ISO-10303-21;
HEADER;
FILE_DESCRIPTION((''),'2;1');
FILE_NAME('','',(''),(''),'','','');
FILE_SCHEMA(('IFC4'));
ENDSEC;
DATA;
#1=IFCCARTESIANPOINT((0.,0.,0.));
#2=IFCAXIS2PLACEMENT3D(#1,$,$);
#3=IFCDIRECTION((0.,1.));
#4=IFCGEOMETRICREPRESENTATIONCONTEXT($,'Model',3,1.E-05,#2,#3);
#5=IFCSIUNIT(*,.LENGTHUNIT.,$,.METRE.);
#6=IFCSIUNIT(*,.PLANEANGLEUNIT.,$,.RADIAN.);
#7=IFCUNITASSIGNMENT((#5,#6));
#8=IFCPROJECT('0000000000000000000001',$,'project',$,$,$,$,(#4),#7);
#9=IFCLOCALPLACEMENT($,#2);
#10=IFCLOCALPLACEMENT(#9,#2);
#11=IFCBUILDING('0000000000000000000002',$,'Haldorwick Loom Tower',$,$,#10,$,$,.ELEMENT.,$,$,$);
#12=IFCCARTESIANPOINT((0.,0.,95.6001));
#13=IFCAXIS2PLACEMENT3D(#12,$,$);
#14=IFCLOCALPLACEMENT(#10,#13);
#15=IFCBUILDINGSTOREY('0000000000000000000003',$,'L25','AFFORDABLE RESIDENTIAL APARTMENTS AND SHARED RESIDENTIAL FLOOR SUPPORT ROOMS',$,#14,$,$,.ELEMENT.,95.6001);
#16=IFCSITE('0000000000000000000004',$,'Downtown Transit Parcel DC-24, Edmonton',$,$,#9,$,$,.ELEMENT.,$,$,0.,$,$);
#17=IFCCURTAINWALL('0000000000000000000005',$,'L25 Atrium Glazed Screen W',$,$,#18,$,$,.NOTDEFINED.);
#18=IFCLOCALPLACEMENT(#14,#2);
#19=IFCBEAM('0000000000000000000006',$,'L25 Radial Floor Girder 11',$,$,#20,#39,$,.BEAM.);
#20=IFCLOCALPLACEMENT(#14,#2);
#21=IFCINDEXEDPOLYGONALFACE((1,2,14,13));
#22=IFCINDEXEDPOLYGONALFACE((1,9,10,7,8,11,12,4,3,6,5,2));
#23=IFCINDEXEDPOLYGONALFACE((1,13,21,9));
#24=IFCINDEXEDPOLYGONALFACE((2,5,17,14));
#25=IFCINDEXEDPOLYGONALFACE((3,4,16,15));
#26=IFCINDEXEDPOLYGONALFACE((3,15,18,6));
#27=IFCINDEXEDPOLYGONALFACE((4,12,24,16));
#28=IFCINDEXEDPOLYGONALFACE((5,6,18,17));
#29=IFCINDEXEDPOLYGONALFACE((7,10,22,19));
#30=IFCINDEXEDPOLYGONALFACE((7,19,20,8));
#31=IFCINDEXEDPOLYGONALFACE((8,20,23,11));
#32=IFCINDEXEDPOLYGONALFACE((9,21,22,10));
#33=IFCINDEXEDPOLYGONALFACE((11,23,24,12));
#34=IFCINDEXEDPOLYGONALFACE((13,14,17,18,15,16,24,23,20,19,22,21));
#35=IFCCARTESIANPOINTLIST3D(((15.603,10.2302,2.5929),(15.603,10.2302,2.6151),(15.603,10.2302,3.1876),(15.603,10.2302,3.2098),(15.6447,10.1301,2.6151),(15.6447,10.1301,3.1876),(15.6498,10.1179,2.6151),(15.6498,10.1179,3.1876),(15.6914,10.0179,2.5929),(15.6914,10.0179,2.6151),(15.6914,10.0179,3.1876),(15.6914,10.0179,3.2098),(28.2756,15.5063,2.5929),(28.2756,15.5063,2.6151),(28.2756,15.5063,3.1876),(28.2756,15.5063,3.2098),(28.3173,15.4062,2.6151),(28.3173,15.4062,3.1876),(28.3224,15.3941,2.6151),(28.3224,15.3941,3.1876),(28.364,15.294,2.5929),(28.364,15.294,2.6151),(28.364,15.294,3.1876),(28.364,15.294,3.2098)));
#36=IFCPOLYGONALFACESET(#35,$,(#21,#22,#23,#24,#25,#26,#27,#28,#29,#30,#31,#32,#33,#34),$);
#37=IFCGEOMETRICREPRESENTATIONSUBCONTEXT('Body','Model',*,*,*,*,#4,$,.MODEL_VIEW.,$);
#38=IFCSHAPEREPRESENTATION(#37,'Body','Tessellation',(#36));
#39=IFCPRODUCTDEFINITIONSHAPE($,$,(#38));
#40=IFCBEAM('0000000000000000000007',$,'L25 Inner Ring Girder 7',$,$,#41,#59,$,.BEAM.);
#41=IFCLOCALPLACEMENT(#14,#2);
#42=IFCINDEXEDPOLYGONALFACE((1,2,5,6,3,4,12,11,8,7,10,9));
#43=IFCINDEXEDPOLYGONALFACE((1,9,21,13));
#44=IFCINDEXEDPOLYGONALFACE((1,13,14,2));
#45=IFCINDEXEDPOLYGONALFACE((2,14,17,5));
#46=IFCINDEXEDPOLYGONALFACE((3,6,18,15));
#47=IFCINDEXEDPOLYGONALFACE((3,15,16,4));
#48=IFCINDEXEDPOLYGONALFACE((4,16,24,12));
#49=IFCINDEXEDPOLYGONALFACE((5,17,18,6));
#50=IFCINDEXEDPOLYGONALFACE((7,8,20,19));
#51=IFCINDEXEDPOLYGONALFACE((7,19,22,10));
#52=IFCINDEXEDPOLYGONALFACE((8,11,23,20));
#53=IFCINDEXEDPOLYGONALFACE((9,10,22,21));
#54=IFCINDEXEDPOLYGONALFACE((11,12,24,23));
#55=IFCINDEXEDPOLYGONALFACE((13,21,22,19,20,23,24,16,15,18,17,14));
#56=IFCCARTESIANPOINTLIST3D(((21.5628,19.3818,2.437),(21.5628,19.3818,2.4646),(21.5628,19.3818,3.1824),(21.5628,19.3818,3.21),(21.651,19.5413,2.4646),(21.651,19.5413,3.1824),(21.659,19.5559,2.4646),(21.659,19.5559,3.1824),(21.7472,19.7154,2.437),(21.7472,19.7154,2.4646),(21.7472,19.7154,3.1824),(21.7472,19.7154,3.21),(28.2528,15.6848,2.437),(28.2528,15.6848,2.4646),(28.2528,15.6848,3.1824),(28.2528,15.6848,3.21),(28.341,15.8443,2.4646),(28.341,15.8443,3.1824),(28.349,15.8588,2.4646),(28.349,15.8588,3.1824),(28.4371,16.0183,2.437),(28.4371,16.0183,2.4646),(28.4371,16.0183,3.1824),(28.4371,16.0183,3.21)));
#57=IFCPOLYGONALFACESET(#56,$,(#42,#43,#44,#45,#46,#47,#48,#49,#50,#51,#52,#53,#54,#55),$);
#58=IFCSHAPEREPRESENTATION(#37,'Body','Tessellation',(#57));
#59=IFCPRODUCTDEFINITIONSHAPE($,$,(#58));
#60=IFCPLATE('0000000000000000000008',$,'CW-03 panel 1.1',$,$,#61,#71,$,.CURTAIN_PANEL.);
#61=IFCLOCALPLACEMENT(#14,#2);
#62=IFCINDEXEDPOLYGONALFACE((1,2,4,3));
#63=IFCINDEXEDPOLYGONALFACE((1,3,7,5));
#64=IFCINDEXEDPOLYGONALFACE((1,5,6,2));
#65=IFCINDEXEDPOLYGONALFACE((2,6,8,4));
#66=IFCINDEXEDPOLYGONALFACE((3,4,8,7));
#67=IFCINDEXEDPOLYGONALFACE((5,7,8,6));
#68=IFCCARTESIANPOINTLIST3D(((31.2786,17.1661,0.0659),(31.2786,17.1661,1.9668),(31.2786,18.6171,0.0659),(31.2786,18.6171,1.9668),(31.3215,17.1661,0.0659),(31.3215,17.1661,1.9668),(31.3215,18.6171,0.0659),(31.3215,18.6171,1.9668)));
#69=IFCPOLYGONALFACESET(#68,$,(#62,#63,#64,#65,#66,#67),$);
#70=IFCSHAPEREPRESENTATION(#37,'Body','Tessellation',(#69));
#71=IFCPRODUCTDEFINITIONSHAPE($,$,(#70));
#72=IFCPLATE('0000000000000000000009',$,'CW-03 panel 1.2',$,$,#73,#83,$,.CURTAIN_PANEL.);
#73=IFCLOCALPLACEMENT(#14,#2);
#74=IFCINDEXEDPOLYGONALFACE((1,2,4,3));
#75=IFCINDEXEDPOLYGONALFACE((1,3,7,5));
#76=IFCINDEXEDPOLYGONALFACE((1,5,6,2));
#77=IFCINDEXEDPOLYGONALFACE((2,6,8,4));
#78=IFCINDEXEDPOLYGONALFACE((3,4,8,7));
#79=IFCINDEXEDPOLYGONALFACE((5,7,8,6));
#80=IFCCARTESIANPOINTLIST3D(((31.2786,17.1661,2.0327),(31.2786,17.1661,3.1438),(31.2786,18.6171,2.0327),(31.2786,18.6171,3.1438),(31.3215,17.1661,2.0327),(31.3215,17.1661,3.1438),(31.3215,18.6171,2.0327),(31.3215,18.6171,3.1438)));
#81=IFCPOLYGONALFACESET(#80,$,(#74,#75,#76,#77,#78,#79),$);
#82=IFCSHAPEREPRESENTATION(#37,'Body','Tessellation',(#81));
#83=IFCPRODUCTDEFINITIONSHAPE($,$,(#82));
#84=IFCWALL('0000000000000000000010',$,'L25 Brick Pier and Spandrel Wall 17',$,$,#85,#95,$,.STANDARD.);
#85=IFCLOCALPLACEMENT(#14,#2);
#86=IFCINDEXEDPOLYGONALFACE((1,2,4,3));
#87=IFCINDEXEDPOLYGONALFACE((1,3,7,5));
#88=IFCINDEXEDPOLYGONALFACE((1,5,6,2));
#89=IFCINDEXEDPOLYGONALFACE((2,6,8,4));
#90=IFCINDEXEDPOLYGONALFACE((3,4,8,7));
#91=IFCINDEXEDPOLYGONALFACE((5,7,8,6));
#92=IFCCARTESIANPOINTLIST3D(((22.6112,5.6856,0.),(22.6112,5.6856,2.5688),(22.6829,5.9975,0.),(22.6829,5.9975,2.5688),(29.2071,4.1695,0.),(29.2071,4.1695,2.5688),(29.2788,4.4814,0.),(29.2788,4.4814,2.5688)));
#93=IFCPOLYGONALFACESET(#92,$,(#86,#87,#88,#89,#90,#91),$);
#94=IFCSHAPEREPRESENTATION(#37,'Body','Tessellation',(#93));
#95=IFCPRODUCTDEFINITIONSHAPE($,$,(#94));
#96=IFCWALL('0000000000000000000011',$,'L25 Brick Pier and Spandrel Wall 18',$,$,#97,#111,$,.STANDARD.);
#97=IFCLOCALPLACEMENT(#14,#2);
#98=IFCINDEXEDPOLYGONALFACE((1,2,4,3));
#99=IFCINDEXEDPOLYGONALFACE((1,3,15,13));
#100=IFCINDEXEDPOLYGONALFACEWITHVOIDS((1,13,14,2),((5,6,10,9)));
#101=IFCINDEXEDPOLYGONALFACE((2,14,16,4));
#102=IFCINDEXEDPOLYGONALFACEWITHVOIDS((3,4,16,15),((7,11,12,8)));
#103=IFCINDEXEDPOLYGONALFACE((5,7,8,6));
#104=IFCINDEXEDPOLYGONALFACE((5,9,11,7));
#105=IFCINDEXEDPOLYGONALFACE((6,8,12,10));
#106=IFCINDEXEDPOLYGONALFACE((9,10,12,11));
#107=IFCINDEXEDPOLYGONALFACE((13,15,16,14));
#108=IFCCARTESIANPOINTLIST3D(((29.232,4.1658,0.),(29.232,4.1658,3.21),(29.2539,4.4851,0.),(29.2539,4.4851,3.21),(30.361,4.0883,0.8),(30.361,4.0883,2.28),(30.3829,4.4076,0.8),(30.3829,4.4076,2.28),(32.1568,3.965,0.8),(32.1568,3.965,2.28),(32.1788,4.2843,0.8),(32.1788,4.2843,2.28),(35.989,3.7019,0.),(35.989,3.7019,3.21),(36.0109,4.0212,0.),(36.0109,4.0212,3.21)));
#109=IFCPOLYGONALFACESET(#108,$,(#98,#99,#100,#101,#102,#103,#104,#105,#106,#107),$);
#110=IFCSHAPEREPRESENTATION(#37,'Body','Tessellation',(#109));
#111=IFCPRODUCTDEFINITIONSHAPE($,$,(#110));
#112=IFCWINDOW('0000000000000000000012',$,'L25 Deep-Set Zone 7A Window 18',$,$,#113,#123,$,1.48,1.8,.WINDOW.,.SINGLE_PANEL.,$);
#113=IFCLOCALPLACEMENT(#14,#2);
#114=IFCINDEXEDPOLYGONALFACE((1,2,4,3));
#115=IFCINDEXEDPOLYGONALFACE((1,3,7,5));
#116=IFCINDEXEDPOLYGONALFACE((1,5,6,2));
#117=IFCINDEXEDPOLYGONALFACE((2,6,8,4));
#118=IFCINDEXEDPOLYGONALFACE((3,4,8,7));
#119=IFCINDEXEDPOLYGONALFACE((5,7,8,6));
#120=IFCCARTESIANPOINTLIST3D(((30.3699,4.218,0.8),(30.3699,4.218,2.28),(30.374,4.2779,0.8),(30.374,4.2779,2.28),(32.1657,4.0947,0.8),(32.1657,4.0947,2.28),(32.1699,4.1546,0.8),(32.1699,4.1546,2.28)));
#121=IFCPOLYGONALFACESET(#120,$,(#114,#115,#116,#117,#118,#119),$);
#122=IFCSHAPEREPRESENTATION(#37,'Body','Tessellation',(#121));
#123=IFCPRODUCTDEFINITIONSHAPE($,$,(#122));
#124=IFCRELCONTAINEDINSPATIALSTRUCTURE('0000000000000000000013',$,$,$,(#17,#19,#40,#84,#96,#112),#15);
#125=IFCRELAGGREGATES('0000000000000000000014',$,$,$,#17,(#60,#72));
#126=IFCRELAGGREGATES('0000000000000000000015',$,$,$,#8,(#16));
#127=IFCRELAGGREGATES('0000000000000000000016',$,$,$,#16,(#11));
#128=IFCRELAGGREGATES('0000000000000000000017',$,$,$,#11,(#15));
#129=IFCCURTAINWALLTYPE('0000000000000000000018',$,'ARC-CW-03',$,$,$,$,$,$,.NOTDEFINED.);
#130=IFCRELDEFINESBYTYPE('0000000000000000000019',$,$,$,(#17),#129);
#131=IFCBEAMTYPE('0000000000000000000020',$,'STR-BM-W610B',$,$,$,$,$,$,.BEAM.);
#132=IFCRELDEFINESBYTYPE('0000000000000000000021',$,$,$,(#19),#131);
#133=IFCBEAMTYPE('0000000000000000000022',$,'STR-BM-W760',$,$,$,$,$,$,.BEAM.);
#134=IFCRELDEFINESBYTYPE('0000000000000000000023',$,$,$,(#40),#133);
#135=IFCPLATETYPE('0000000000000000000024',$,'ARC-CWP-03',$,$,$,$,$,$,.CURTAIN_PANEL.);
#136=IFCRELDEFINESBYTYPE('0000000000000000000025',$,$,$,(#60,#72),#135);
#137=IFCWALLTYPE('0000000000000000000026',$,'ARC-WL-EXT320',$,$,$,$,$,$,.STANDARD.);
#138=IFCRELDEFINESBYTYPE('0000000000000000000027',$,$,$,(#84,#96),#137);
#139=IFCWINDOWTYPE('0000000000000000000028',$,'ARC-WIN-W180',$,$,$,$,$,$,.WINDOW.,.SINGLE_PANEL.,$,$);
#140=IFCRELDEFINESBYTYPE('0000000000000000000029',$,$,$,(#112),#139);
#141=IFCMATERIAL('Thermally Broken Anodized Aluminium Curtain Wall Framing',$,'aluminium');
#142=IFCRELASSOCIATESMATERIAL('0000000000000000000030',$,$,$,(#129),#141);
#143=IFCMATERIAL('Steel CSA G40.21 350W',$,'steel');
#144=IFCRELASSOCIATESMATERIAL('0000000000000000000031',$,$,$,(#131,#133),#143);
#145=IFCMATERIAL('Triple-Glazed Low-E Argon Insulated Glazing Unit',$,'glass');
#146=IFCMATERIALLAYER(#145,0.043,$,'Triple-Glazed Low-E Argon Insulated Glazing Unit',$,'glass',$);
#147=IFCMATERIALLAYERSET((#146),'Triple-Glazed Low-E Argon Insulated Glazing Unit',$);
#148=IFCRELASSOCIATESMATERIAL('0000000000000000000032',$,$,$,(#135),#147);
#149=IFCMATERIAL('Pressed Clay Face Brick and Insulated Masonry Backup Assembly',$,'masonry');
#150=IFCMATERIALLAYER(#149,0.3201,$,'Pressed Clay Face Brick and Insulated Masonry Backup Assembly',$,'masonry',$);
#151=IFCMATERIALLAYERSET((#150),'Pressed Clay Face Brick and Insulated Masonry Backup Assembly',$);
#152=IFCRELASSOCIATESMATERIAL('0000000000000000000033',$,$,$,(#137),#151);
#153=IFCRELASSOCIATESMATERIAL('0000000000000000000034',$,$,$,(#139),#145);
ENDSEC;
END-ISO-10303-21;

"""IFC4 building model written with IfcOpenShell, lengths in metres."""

from ifc_helpers import new_model, si_unit, direction, frame, frame_2d, origin, origin_2d, place, context, subcontext, project, spatial, rectangle, i_section, extrude, material, layer, layer_set, material_profile, profile_set, type_object, element, fill, aggregate, save


model = new_model("IFC4")

# Units and contexts
model_context = context("Model", 3, precision=1e-05, world=origin(), true_north=direction((0.0, 1.0)))
body_context = subcontext(model_context, "Body", "Model", "MODEL_VIEW")
ifc_project = project(units=[si_unit("LENGTHUNIT", "METRE"), si_unit("PLANEANGLEUNIT", "RADIAN")], contexts=[model_context])

# Site, building, storey
site_placement = place(None, origin())
site = spatial("IfcSite", under=ifc_project, at=site_placement, Name="Downtown Transit Parcel DC-24, Edmonton", CompositionType="ELEMENT", RefElevation=0.0)
building_placement = place(site_placement, origin())
building = spatial("IfcBuilding", under=site, at=building_placement, Name="Haldorwick Loom Tower", CompositionType="ELEMENT")
storey_placement = place(building_placement, frame((0.0, 0.0, 95.6001)))
storey = spatial("IfcBuildingStorey", under=building, at=storey_placement, Name="L25", Description="AFFORDABLE RESIDENTIAL APARTMENTS AND SHARED RESIDENTIAL FLOOR SUPPORT ROOMS", CompositionType="ELEMENT", Elevation=95.6001)

# Curtain wall
ifc_material_1 = material(Name="Thermally Broken Anodized Aluminium Curtain Wall Framing", Category="aluminium")
curtain_wall_type = type_object("IfcCurtainWallType", Name="ARC-CW-03", PredefinedType="NOTDEFINED", material=ifc_material_1)
curtain_wall_placement = place(storey_placement, origin())
curtain_wall = element("IfcCurtainWall", 1, at=curtain_wall_placement, inside=storey, type_object=curtain_wall_type, Name="L25 Atrium Glazed Screen W", PredefinedType="NOTDEFINED")

# Beams
ifc_material_2 = material(Name="Steel CSA G40.21 350W", Category="steel")
ifc_material_profile_1 = material_profile(ifc_material_2, i_section(OverallWidth=0.23, OverallDepth=0.6169, WebThickness=0.0132, FlangeThickness=0.0222, at=origin_2d()), Name="W610X140", Category="steel")
ifc_profile_set_1 = profile_set([ifc_material_profile_1], Name="Steel CSA G40.21 350W")
beam_type_1 = type_object("IfcBeamType", Name="STR-BM-W610B", PredefinedType="BEAM", material=ifc_profile_set_1)
beam_1_placement = place(storey_placement, frame((28.3198, 15.4001, 2.9014), z_axis=(-0.923184, -0.384359, 0.0), x_axis=(0.384359, -0.923184, 0.0)))
element("IfcBeam", 2, at=beam_1_placement, inside=storey, type_object=beam_type_1, Name="L25 Radial Floor Girder 11", PredefinedType="BEAM", context=body_context, shape_type="SweptSolid", body=[
    extrude(i_section(OverallWidth=0.23, OverallDepth=0.6169, WebThickness=0.0132, FlangeThickness=0.0222, at=origin_2d()), origin(), (0.0, 0.0, 1.0), 13.7271),
])
ifc_material_profile_2 = material_profile(ifc_material_2, i_section(OverallWidth=0.3811, OverallDepth=0.7729, WebThickness=0.0166, FlangeThickness=0.0276, at=origin_2d()), Name="W760X257", Category="steel")
ifc_profile_set_2 = profile_set([ifc_material_profile_2], Name="Steel CSA G40.21 350W")
beam_type_2 = type_object("IfcBeamType", Name="STR-BM-W760", PredefinedType="BEAM", material=ifc_profile_set_2)
beam_2_placement = place(storey_placement, frame((28.345, 15.8516, 2.8235), z_axis=(-0.875244, 0.483681, 0.0), x_axis=(-0.483681, -0.875244, 0.0)))
element("IfcBeam", 3, at=beam_2_placement, inside=storey, type_object=beam_type_2, Name="L25 Inner Ring Girder 7", PredefinedType="BEAM", context=body_context, shape_type="SweptSolid", body=[
    extrude(i_section(OverallWidth=0.3811, OverallDepth=0.7729, WebThickness=0.0166, FlangeThickness=0.0276, at=origin_2d()), origin(), (0.0, 0.0, 1.0), 7.6436),
])

# Plates
ifc_material_3 = material(Name="Triple-Glazed Low-E Argon Insulated Glazing Unit", Category="glass")
ifc_layer_1 = layer(ifc_material_3, 0.043, Name="Triple-Glazed Low-E Argon Insulated Glazing Unit", Category="glass")
ifc_layer_set_1 = layer_set([ifc_layer_1], Name="Triple-Glazed Low-E Argon Insulated Glazing Unit")
plate_type = type_object("IfcPlateType", Name="ARC-CWP-03", PredefinedType="CURTAIN_PANEL", material=ifc_layer_set_1)
plate_1_placement = place(storey_placement, frame((31.3, 17.8916, 0.0659), z_axis=(0.0, 0.0, 1.0), x_axis=(0.0, 1.0, 0.0)))
plate_1 = element("IfcPlate", 4, at=plate_1_placement, type_object=plate_type, Name="CW-03 panel 1.1", PredefinedType="CURTAIN_PANEL", context=body_context, shape_type="SweptSolid", body=[
    extrude(rectangle(XDim=1.4509, YDim=0.043, at=origin_2d()), origin(), (0.0, 0.0, 1.0), 1.9009),
])
plate_2_placement = place(storey_placement, frame((31.3, 17.8916, 2.0327), z_axis=(0.0, 0.0, 1.0), x_axis=(0.0, 1.0, 0.0)))
plate_2 = element("IfcPlate", 5, at=plate_2_placement, type_object=plate_type, Name="CW-03 panel 1.2", PredefinedType="CURTAIN_PANEL", context=body_context, shape_type="SweptSolid", body=[
    extrude(rectangle(XDim=1.4509, YDim=0.043, at=origin_2d()), origin(), (0.0, 0.0, 1.0), 1.1111),
])
aggregate(curtain_wall, [plate_1, plate_2])

# Wall
ifc_material_4 = material(Name="Pressed Clay Face Brick and Insulated Masonry Backup Assembly", Category="masonry")
ifc_layer_2 = layer(ifc_material_4, 0.3201, Name="Pressed Clay Face Brick and Insulated Masonry Backup Assembly", Category="masonry")
ifc_layer_set_2 = layer_set([ifc_layer_2], Name="Pressed Clay Face Brick and Insulated Masonry Backup Assembly")
wall_type_1 = type_object("IfcWallType", Name="ARC-WL-EXT320", PredefinedType="STANDARD", material=ifc_layer_set_2)
wall_1_placement = place(storey_placement, frame((22.6472, 5.8416, 0.0), z_axis=(0.0, 0.0, 1.0), x_axis=(0.974584, -0.224022, 0.0)))
element("IfcWall", 6, at=wall_1_placement, inside=storey, type_object=wall_type_1, Name="L25 Brick Pier and Spandrel Wall 17", PredefinedType="STANDARD", context=body_context, shape_type="SweptSolid", body=[
    extrude(rectangle(XDim=6.7678, YDim=0.3201, at=frame_2d((3.3838, 0.0))), origin(), (0.0, 0.0, 1.0), 2.5688),
])

# Wall, opening, window
wall_2_placement = place(storey_placement, frame((29.2429, 4.3254, 0.0), z_axis=(0.0, 0.0, 1.0), x_axis=(0.997652, -0.068488, 0.0)))
wall_2 = element("IfcWall", 7, at=wall_2_placement, inside=storey, type_object=wall_type_1, Name="L25 Brick Pier and Spandrel Wall 18", PredefinedType="STANDARD", context=body_context, shape_type="SweptSolid", body=[
    extrude(rectangle(XDim=6.7729, YDim=0.3201, at=frame_2d((3.3865, 0.0))), origin(), (0.0, 0.0, 1.0), 3.21),
])
opening_1_placement = place(wall_2_placement, frame((1.1318, 0.0, 0.8)))
opening_1 = element("IfcOpeningElement", 8, at=opening_1_placement, cuts=wall_2, PredefinedType="OPENING", context=body_context, shape_type="SweptSolid", body=[
    extrude(rectangle(XDim=1.8, YDim=1.48, at=frame_2d((0.8999, 0.74))), frame((0.0, 0.1699, 0.0), z_axis=(0.0, -1.0, 0.0), x_axis=(1.0, 0.0, 0.0)), (0.0, 0.0, 1.0), 0.3401),
])
window_type = type_object("IfcWindowType", Name="ARC-WIN-W180", PartitioningType="SINGLE_PANEL", PredefinedType="WINDOW", material=ifc_material_3)
window_placement = place(opening_1_placement, origin())
window = element("IfcWindow", 9, at=window_placement, inside=storey, type_object=window_type, Name="L25 Deep-Set Zone 7A Window 18", OverallHeight=1.48, OverallWidth=1.8, PartitioningType="SINGLE_PANEL", PredefinedType="WINDOW", context=body_context, shape_type="SweptSolid", body=[
    extrude(rectangle(XDim=1.8, YDim=1.48, at=frame_2d((0.8999, 0.74))), frame((0.0, 0.03, 0.0), z_axis=(0.0, -1.0, 0.0), x_axis=(1.0, 0.0, 0.0)), (0.0, 0.0, 1.0), 0.0601),
])
fill(opening_1, window)

save(model, "model.ifc")
